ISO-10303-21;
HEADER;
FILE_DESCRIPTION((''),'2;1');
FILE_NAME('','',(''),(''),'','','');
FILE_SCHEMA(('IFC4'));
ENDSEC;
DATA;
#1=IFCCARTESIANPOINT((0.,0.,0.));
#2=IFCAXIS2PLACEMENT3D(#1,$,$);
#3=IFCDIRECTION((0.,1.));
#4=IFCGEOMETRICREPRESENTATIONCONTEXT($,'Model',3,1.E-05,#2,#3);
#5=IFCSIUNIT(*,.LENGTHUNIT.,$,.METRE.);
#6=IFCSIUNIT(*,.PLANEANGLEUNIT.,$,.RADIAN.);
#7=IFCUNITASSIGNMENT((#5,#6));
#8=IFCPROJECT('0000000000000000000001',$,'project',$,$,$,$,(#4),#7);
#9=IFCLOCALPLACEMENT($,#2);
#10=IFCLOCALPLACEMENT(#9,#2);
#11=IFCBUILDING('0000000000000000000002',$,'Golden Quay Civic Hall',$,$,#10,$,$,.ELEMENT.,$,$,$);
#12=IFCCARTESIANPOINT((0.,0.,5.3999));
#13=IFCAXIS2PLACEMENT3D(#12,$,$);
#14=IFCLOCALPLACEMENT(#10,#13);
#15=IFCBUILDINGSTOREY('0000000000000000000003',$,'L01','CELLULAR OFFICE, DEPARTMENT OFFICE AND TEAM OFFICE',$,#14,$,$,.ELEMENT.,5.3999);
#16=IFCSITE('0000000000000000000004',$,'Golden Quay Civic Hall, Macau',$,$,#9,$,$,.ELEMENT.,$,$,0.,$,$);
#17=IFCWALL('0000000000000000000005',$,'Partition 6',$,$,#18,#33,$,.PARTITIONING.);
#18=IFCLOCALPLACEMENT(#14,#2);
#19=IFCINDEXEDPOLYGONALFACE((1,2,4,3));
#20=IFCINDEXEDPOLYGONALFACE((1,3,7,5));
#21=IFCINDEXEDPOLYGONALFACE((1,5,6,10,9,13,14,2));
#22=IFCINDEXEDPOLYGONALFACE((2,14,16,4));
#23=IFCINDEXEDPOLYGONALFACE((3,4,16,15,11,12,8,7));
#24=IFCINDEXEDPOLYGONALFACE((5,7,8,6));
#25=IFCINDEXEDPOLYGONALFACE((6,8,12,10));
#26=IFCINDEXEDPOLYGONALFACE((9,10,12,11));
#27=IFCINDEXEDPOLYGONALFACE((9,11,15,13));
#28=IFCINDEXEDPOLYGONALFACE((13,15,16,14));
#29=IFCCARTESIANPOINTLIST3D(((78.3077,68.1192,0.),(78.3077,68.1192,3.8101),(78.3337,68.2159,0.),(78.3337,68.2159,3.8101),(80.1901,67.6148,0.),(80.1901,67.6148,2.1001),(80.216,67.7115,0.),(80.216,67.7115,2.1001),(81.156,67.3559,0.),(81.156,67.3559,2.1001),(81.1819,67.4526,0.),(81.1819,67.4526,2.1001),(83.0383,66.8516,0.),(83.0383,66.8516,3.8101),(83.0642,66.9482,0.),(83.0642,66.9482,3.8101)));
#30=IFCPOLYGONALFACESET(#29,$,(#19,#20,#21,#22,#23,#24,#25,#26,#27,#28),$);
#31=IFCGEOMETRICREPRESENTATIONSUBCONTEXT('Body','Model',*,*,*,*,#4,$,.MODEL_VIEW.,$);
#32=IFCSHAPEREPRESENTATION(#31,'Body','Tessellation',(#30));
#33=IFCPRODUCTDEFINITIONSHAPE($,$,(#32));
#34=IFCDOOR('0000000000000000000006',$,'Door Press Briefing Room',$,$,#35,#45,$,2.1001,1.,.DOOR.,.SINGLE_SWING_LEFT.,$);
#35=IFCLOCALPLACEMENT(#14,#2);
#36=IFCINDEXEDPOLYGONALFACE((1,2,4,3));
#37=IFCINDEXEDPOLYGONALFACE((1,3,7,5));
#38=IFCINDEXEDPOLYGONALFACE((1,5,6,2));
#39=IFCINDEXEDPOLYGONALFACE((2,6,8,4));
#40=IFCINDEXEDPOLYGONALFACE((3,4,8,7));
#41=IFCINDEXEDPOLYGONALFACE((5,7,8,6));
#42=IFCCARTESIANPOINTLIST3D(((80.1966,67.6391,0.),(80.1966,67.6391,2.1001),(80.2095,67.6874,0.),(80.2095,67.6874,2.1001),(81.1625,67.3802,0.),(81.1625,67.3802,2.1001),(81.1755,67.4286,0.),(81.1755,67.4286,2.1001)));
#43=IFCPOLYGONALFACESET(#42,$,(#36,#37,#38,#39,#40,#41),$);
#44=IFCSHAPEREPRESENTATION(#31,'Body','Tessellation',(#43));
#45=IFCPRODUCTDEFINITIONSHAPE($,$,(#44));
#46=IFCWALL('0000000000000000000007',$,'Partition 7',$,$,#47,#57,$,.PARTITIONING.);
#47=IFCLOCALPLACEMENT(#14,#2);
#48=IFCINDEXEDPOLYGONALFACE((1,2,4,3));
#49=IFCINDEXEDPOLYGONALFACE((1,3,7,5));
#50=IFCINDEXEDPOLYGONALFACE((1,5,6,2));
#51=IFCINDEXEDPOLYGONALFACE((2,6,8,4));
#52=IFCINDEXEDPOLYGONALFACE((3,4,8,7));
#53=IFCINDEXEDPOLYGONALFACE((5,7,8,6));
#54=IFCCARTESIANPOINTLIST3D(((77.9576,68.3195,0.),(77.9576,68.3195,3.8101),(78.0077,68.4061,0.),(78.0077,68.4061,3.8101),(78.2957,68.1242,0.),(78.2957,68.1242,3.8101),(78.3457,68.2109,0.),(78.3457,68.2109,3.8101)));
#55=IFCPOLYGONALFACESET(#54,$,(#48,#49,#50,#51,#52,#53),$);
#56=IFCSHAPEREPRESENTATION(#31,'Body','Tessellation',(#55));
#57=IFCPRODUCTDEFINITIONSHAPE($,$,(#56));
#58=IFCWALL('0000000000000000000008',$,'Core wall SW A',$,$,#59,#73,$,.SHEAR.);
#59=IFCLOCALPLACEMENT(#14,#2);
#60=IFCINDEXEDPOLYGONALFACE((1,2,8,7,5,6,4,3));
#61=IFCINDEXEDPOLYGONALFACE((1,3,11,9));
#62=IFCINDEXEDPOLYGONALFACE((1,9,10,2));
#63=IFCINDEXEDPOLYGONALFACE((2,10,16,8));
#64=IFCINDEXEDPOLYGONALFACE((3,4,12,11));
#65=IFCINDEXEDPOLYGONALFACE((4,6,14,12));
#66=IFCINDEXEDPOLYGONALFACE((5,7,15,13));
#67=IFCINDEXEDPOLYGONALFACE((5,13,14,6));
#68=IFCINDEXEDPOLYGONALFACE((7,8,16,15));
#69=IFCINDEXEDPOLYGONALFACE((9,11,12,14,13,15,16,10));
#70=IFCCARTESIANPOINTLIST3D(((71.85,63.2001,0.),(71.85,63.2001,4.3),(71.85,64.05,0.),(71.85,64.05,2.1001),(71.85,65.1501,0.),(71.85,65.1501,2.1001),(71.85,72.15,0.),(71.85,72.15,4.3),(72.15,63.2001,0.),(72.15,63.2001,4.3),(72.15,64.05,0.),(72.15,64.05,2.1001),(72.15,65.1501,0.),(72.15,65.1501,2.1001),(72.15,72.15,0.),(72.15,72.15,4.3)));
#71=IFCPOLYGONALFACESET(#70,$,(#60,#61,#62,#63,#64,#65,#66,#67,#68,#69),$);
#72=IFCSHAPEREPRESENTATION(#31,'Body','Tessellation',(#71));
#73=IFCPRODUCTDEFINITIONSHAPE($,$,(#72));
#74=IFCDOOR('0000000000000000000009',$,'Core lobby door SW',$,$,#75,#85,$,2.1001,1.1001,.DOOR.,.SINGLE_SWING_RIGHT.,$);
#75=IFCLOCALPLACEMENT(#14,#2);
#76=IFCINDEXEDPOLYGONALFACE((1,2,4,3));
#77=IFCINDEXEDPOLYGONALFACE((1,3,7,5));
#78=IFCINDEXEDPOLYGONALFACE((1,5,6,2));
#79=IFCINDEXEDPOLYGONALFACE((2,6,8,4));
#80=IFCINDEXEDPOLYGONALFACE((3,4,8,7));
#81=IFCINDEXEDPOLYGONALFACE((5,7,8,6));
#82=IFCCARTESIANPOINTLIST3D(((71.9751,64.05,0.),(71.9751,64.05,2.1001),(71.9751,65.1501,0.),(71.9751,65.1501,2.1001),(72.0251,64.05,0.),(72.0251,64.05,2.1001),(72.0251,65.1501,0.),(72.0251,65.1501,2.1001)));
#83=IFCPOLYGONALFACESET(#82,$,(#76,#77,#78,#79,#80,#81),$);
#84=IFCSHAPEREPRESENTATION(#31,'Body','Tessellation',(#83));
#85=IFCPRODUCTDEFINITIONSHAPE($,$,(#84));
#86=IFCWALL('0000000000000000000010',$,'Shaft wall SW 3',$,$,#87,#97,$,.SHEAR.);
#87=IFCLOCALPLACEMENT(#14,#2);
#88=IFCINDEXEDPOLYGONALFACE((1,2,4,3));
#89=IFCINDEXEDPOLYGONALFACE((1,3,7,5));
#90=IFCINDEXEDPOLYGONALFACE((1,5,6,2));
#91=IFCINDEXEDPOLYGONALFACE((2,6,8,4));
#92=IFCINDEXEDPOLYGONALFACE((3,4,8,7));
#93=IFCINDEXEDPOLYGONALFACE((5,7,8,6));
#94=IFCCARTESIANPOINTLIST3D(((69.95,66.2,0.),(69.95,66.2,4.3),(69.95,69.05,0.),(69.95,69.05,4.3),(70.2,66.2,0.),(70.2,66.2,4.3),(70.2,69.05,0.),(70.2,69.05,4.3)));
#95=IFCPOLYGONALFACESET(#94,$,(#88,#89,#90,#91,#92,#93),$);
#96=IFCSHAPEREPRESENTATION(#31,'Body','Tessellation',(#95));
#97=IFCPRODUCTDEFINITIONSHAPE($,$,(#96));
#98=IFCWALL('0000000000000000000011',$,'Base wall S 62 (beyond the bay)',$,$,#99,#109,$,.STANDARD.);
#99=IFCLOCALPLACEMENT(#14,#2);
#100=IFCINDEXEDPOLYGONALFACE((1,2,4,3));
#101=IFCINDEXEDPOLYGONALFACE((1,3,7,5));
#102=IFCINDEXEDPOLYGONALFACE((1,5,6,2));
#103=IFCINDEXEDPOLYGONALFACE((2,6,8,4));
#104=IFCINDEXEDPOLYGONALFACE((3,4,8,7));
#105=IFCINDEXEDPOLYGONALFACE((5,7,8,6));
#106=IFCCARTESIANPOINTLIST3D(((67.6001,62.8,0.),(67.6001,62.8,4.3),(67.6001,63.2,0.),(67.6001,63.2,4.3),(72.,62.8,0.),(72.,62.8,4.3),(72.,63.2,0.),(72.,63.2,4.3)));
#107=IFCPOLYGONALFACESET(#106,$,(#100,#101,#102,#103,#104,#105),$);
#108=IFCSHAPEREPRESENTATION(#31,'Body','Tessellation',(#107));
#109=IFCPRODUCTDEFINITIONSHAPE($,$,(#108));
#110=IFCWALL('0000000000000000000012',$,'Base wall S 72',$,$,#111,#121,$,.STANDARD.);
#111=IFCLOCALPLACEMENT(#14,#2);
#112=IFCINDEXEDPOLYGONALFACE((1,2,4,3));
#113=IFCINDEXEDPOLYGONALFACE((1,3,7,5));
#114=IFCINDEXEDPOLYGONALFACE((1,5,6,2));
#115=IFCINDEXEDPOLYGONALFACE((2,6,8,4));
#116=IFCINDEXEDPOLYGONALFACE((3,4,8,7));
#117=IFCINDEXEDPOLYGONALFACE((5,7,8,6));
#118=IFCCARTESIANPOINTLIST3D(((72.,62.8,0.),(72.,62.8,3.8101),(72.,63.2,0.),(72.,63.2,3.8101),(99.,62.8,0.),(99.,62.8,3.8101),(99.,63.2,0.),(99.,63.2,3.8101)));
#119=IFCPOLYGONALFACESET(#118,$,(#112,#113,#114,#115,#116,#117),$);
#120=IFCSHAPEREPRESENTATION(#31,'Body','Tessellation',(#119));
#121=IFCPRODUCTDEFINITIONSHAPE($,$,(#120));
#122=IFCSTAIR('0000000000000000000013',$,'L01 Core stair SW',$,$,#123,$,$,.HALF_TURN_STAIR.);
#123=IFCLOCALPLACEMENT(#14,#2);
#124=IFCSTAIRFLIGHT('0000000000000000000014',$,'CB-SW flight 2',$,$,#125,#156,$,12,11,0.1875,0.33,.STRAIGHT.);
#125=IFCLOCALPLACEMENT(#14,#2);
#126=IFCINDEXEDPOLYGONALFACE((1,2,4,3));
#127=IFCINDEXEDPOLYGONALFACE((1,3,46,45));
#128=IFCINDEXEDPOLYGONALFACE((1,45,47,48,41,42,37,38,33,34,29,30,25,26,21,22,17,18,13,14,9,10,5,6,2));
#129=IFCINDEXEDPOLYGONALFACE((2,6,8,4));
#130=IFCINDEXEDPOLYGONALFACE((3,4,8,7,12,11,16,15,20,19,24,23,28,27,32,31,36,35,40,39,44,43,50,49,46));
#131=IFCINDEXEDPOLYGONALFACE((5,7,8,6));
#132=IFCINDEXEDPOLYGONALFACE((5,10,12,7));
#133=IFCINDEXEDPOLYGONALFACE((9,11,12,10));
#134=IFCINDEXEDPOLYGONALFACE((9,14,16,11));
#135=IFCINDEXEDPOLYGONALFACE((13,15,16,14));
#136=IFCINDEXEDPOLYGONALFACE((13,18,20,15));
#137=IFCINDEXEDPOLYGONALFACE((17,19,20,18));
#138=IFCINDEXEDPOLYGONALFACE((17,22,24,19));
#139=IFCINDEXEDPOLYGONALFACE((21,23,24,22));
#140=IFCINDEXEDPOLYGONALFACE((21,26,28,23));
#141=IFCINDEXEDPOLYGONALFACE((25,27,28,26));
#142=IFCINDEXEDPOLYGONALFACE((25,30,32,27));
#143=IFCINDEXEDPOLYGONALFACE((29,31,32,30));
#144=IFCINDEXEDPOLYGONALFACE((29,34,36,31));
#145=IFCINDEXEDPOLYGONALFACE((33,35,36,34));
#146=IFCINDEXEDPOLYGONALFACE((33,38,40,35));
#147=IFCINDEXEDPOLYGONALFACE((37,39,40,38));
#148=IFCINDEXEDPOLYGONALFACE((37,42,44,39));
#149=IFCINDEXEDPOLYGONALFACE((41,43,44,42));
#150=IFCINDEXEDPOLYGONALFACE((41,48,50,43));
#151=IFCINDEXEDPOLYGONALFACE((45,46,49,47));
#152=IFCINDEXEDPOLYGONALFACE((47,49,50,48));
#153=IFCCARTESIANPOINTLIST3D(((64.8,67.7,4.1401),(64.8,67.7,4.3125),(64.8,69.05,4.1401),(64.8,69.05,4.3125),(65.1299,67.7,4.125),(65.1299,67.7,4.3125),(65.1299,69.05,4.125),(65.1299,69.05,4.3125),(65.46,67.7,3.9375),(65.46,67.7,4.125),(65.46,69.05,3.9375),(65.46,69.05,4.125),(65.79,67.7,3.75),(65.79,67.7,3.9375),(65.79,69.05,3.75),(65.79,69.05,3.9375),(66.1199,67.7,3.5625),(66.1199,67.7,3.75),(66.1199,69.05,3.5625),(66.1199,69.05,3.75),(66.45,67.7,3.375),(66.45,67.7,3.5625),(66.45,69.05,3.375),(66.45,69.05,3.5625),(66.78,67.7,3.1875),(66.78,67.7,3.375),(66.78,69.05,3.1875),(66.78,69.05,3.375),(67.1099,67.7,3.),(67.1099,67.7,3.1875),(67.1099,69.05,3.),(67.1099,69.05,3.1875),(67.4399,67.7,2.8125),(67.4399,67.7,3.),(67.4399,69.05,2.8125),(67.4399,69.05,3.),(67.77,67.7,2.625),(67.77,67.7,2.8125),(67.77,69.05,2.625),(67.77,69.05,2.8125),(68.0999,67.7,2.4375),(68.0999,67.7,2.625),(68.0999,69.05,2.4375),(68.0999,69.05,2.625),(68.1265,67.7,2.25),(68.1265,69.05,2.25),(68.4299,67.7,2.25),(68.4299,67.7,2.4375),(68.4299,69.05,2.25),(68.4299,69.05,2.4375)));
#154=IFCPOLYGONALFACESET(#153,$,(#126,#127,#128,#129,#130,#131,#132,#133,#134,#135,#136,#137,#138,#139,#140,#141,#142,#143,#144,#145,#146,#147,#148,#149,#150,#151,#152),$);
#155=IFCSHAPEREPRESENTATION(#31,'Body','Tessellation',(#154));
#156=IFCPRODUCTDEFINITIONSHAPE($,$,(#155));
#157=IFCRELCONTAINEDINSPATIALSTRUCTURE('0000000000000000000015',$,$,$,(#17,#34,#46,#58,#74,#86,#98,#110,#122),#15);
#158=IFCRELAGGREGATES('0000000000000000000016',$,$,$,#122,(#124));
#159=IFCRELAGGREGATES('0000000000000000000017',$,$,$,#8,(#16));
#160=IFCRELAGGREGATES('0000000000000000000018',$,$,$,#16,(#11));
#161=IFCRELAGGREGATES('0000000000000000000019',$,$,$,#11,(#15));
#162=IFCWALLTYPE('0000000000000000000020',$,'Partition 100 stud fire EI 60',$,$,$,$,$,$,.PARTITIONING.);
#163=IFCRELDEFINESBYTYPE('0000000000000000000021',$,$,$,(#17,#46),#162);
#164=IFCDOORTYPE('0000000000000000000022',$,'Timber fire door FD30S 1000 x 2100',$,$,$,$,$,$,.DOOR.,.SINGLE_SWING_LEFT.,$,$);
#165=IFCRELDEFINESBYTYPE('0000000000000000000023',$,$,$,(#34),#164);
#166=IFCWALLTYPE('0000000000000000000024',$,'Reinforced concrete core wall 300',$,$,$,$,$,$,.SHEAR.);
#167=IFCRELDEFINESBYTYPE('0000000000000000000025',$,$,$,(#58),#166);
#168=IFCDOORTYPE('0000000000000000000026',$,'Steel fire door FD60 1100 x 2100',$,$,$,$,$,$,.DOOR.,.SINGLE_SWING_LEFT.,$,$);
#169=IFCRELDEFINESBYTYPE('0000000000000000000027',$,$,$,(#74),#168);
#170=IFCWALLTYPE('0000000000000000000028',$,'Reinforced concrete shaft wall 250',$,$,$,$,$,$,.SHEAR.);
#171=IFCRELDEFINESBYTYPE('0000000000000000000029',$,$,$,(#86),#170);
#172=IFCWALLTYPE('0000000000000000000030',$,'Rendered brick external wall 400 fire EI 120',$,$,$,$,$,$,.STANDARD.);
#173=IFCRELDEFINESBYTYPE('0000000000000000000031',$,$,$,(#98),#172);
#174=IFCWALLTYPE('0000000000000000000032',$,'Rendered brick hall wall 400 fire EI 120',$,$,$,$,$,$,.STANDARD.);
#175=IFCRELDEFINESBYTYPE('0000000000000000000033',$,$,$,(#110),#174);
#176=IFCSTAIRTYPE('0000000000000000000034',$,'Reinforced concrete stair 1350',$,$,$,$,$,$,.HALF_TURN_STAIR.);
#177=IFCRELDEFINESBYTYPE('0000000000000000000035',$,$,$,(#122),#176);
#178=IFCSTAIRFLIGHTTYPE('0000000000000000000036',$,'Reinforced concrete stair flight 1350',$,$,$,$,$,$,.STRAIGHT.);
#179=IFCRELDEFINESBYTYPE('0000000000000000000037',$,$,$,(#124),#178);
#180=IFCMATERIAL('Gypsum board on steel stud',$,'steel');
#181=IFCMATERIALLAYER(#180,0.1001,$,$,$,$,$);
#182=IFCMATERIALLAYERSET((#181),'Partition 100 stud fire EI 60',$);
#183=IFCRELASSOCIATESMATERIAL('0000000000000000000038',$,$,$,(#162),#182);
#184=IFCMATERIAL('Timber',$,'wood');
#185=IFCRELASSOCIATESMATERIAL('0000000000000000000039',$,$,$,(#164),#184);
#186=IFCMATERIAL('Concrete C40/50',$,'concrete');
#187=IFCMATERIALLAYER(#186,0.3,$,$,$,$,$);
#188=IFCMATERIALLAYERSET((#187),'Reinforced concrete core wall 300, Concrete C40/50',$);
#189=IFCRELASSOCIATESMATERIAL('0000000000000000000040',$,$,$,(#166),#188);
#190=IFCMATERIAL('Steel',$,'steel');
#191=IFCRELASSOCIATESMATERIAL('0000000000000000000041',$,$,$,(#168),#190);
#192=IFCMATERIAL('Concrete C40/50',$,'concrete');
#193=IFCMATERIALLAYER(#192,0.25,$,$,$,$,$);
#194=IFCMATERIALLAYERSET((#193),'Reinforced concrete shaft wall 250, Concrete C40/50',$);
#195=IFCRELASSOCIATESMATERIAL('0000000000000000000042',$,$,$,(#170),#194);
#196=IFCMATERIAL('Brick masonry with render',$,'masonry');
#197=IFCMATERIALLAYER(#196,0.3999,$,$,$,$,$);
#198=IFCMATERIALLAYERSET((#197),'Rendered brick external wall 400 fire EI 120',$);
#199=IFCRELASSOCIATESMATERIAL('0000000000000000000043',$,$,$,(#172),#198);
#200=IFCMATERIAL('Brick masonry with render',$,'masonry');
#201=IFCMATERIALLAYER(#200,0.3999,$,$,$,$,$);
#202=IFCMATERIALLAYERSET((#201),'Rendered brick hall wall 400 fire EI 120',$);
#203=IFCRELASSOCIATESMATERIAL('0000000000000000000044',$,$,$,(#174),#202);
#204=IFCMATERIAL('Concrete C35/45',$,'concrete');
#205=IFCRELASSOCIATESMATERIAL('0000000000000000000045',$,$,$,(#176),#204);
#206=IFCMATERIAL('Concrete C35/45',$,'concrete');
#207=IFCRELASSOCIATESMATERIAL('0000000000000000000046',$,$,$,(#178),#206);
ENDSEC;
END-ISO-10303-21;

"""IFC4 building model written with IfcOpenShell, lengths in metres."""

from ifc_helpers import new_model, si_unit, direction, frame, frame_2d, origin, place, context, subcontext, project, spatial, polyline, rectangle, outline, extrude, material, layer, layer_set, type_object, element, fill, aggregate, save


model = new_model("IFC4")

# Units and contexts
model_context = context("Model", 3, precision=1e-05, world=origin(), true_north=direction((0.0, 1.0)))
body_context = subcontext(model_context, "Body", "Model", "MODEL_VIEW")
ifc_project = project(units=[si_unit("LENGTHUNIT", "METRE"), si_unit("PLANEANGLEUNIT", "RADIAN")], contexts=[model_context])

# Site, building, storey
site_placement = place(None, origin())
site = spatial("IfcSite", under=ifc_project, at=site_placement, Name="Golden Quay Civic Hall, Macau", CompositionType="ELEMENT", RefElevation=0.0)
building_placement = place(site_placement, origin())
building = spatial("IfcBuilding", under=site, at=building_placement, Name="Golden Quay Civic Hall", CompositionType="ELEMENT")
storey_placement = place(building_placement, frame((0.0, 0.0, 5.3999)))
storey = spatial("IfcBuildingStorey", under=building, at=storey_placement, Name="L01", Description="CELLULAR OFFICE, DEPARTMENT OFFICE AND TEAM OFFICE", CompositionType="ELEMENT", Elevation=5.3999)

# Shared definitions
ifc_material_1 = material(Name="Gypsum board on steel stud", Category="steel")
ifc_layer_1 = layer(ifc_material_1, 0.1001)
ifc_layer_set_1 = layer_set([ifc_layer_1], Name="Partition 100 stud fire EI 60")
wall_type_1 = type_object("IfcWallType", Name="Partition 100 stud fire EI 60", PredefinedType="PARTITIONING", material=ifc_layer_set_1)

# Wall, opening, door
wall_1_placement = place(storey_placement, frame((83.0513, 66.8999, 0.0), z_axis=(0.0, 0.0, 1.0), x_axis=(-0.965923, 0.258829, 0.0)))
wall_1 = element("IfcWall", 1, at=wall_1_placement, inside=storey, type_object=wall_type_1, Name="Partition 6", PredefinedType="PARTITIONING", context=body_context, shape_type="SweptSolid", body=[
    extrude(rectangle(XDim=4.8975, YDim=0.1001, at=frame_2d((2.4487, 0.0))), origin(), (0.0, 0.0, 1.0), 3.8101),
])
opening_1_placement = place(wall_1_placement, frame((1.9487, 0.0, 0.0)))
opening_1 = element("IfcOpeningElement", 2, at=opening_1_placement, cuts=wall_1, PredefinedType="OPENING", context=body_context, shape_type="SweptSolid", body=[
    extrude(rectangle(XDim=1.0, YDim=2.1001, at=frame_2d((0.5, 1.05))), frame((0.0, 0.0601, 0.0), z_axis=(0.0, -1.0, 0.0), x_axis=(1.0, 0.0, 0.0)), (0.0, 0.0, 1.0), 0.1201),
])
ifc_material_2 = material(Name="Timber", Category="wood")
door_type_1 = type_object("IfcDoorType", Name="Timber fire door FD30S 1000 x 2100", OperationType="SINGLE_SWING_LEFT", PredefinedType="DOOR", material=ifc_material_2)
door_1_placement = place(opening_1_placement, origin())
door_1 = element("IfcDoor", 3, at=door_1_placement, inside=storey, type_object=door_type_1, Name="Door Press Briefing Room", OperationType="SINGLE_SWING_LEFT", OverallHeight=2.1001, OverallWidth=1.0, PredefinedType="DOOR", context=body_context, shape_type="SweptSolid", body=[
    extrude(rectangle(XDim=1.0, YDim=2.1001, at=frame_2d((0.5, 1.05))), frame((0.0, 0.0249, 0.0), z_axis=(0.0, -1.0, 0.0), x_axis=(1.0, 0.0, 0.0)), (0.0, 0.0, 1.0), 0.05),
])
fill(opening_1, door_1)

# Wall
wall_2_placement = place(storey_placement, frame((78.3208, 68.1675, 0.0), z_axis=(0.0, 0.0, 1.0), x_axis=(-0.865925, 0.500173, 0.0)))
element("IfcWall", 4, at=wall_2_placement, inside=storey, type_object=wall_type_1, Name="Partition 7", PredefinedType="PARTITIONING", context=body_context, shape_type="SweptSolid", body=[
    extrude(rectangle(XDim=0.3904, YDim=0.1001, at=frame_2d((0.1953, 0.0))), origin(), (0.0, 0.0, 1.0), 3.8101),
])

# Wall, opening, door
ifc_material_3 = material(Name="Concrete C40/50", Category="concrete")
ifc_layer_2 = layer(ifc_material_3, 0.3)
ifc_layer_set_2 = layer_set([ifc_layer_2], Name="Reinforced concrete core wall 300, Concrete C40/50")
wall_type_2 = type_object("IfcWallType", Name="Reinforced concrete core wall 300", PredefinedType="SHEAR", material=ifc_layer_set_2)
wall_3_placement = place(storey_placement, frame((72.0, 63.2, 0.0), z_axis=(0.0, 0.0, 1.0), x_axis=(0.0, 1.0, 0.0)))
wall_3 = element("IfcWall", 5, at=wall_3_placement, inside=storey, type_object=wall_type_2, Name="Core wall SW A", PredefinedType="SHEAR", context=body_context, shape_type="SweptSolid", body=[
    extrude(rectangle(XDim=8.95, YDim=0.3, at=frame_2d((4.4751, 0.0))), origin(), (0.0, 0.0, 1.0), 4.3),
])
opening_2_placement = place(wall_3_placement, frame((0.8501, 0.0, 0.0)))
opening_2 = element("IfcOpeningElement", 6, at=opening_2_placement, cuts=wall_3, PredefinedType="OPENING", context=body_context, shape_type="SweptSolid", body=[
    extrude(rectangle(XDim=1.1001, YDim=2.1001, at=frame_2d((0.55, 1.05))), frame((0.0, 0.1599, 0.0), z_axis=(0.0, -1.0, 0.0), x_axis=(1.0, 0.0, 0.0)), (0.0, 0.0, 1.0), 0.3201),
])
ifc_material_4 = material(Name="Steel", Category="steel")
door_type_2 = type_object("IfcDoorType", Name="Steel fire door FD60 1100 x 2100", OperationType="SINGLE_SWING_LEFT", PredefinedType="DOOR", material=ifc_material_4)
door_2_placement = place(opening_2_placement, frame((1.1001, 0.0, 0.0), z_axis=(0.0, 0.0, 1.0), x_axis=(-1.0, 0.0, 0.0)))
door_2 = element("IfcDoor", 7, at=door_2_placement, inside=storey, type_object=door_type_2, Name="Core lobby door SW", OperationType="SINGLE_SWING_RIGHT", OverallHeight=2.1001, OverallWidth=1.1001, PredefinedType="DOOR", context=body_context, shape_type="SweptSolid", body=[
    extrude(rectangle(XDim=1.1001, YDim=2.1001, at=frame_2d((0.55, 1.05))), frame((0.0, 0.0251, 0.0), z_axis=(0.0, -1.0, 0.0), x_axis=(1.0, 0.0, 0.0)), (0.0, 0.0, 1.0), 0.05),
])
fill(opening_2, door_2)

# Walls
ifc_material_5 = material(Name="Concrete C40/50", Category="concrete")
ifc_layer_3 = layer(ifc_material_5, 0.25)
ifc_layer_set_3 = layer_set([ifc_layer_3], Name="Reinforced concrete shaft wall 250, Concrete C40/50")
wall_type_3 = type_object("IfcWallType", Name="Reinforced concrete shaft wall 250", PredefinedType="SHEAR", material=ifc_layer_set_3)
wall_4_placement = place(storey_placement, frame((70.075, 66.2, 0.0), z_axis=(0.0, 0.0, 1.0), x_axis=(0.0, 1.0, 0.0)))
element("IfcWall", 8, at=wall_4_placement, inside=storey, type_object=wall_type_3, Name="Shaft wall SW 3", PredefinedType="SHEAR", context=body_context, shape_type="SweptSolid", body=[
    extrude(rectangle(XDim=2.8501, YDim=0.25, at=frame_2d((1.425, 0.0))), origin(), (0.0, 0.0, 1.0), 4.3),
])
ifc_material_6 = material(Name="Brick masonry with render", Category="masonry")
ifc_layer_4 = layer(ifc_material_6, 0.3999)
ifc_layer_set_4 = layer_set([ifc_layer_4], Name="Rendered brick external wall 400 fire EI 120")
wall_type_4 = type_object("IfcWallType", Name="Rendered brick external wall 400 fire EI 120", PredefinedType="STANDARD", material=ifc_layer_set_4)
wall_5_placement = place(storey_placement, frame((67.6001, 63.0, 0.0), z_axis=(0.0, 0.0, 1.0), x_axis=(1.0, 0.0, 0.0)))
element("IfcWall", 9, at=wall_5_placement, inside=storey, type_object=wall_type_4, Name="Base wall S 62 (beyond the bay)", PredefinedType="STANDARD", context=body_context, shape_type="SweptSolid", body=[
    extrude(rectangle(XDim=4.3999, YDim=0.3999, at=frame_2d((2.2, 0.0))), origin(), (0.0, 0.0, 1.0), 4.3),
])
ifc_material_7 = material(Name="Brick masonry with render", Category="masonry")
ifc_layer_5 = layer(ifc_material_7, 0.3999)
ifc_layer_set_5 = layer_set([ifc_layer_5], Name="Rendered brick hall wall 400 fire EI 120")
wall_type_5 = type_object("IfcWallType", Name="Rendered brick hall wall 400 fire EI 120", PredefinedType="STANDARD", material=ifc_layer_set_5)
wall_6_placement = place(storey_placement, frame((72.0, 63.0, 0.0), z_axis=(0.0, 0.0, 1.0), x_axis=(1.0, 0.0, 0.0)))
element("IfcWall", 10, at=wall_6_placement, inside=storey, type_object=wall_type_5, Name="Base wall S 72", PredefinedType="STANDARD", context=body_context, shape_type="SweptSolid", body=[
    extrude(rectangle(XDim=27.0, YDim=0.3999, at=frame_2d((13.5, 0.0))), origin(), (0.0, 0.0, 1.0), 3.8101),
])

# Stair, stair flight
ifc_material_8 = material(Name="Concrete C35/45", Category="concrete")
stair_type = type_object("IfcStairType", Name="Reinforced concrete stair 1350", PredefinedType="HALF_TURN_STAIR", material=ifc_material_8)
stair_placement = place(storey_placement, origin())
stair = element("IfcStair", 11, at=stair_placement, inside=storey, type_object=stair_type, Name="L01 Core stair SW", PredefinedType="HALF_TURN_STAIR")
ifc_material_9 = material(Name="Concrete C35/45", Category="concrete")
stair_flight_type = type_object("IfcStairFlightType", Name="Reinforced concrete stair flight 1350", PredefinedType="STRAIGHT", material=ifc_material_9)
stair_flight_placement = place(storey_placement, frame((68.4299, 68.375, 2.25), z_axis=(0.0, 0.0, 1.0), x_axis=(-1.0, 0.0, 0.0)))
stair_flight = element("IfcStairFlight", 12, at=stair_flight_placement, type_object=stair_flight_type, Name="CB-SW flight 2", NumberOfRisers=12, NumberOfTreads=11, PredefinedType="STRAIGHT", RiserHeight=0.1875, TreadLength=0.33, context=body_context, shape_type="SweptSolid", body=[
    extrude(outline(polyline([(0.0, 0.0), (0.0, 0.1875), (0.3301, 0.1875), (0.3301, 0.375), (0.6599, 0.375), (0.6599, 0.5625), (0.99, 0.5625), (0.99, 0.75), (1.3201, 0.75), (1.3201, 0.9375), (1.6499, 0.9375), (1.6499, 1.125), (1.98, 1.125), (1.98, 1.3125), (2.3101, 1.3125), (2.3101, 1.5), (2.6399, 1.5), (2.6399, 1.6875), (2.97, 1.6875), (2.97, 1.875), (3.3, 1.875), (3.3, 2.0625), (3.6299, 2.0625), (3.6299, 2.25), (3.6299, 1.8901), (0.3035, 0.0), (0.0, 0.0)])), frame((0.0, 0.675, 0.0), z_axis=(0.0, -1.0, 0.0), x_axis=(1.0, 0.0, 0.0)), (0.0, 0.0, 1.0), 1.35),
])
aggregate(stair, [stair_flight])

save(model, "model.ifc")
